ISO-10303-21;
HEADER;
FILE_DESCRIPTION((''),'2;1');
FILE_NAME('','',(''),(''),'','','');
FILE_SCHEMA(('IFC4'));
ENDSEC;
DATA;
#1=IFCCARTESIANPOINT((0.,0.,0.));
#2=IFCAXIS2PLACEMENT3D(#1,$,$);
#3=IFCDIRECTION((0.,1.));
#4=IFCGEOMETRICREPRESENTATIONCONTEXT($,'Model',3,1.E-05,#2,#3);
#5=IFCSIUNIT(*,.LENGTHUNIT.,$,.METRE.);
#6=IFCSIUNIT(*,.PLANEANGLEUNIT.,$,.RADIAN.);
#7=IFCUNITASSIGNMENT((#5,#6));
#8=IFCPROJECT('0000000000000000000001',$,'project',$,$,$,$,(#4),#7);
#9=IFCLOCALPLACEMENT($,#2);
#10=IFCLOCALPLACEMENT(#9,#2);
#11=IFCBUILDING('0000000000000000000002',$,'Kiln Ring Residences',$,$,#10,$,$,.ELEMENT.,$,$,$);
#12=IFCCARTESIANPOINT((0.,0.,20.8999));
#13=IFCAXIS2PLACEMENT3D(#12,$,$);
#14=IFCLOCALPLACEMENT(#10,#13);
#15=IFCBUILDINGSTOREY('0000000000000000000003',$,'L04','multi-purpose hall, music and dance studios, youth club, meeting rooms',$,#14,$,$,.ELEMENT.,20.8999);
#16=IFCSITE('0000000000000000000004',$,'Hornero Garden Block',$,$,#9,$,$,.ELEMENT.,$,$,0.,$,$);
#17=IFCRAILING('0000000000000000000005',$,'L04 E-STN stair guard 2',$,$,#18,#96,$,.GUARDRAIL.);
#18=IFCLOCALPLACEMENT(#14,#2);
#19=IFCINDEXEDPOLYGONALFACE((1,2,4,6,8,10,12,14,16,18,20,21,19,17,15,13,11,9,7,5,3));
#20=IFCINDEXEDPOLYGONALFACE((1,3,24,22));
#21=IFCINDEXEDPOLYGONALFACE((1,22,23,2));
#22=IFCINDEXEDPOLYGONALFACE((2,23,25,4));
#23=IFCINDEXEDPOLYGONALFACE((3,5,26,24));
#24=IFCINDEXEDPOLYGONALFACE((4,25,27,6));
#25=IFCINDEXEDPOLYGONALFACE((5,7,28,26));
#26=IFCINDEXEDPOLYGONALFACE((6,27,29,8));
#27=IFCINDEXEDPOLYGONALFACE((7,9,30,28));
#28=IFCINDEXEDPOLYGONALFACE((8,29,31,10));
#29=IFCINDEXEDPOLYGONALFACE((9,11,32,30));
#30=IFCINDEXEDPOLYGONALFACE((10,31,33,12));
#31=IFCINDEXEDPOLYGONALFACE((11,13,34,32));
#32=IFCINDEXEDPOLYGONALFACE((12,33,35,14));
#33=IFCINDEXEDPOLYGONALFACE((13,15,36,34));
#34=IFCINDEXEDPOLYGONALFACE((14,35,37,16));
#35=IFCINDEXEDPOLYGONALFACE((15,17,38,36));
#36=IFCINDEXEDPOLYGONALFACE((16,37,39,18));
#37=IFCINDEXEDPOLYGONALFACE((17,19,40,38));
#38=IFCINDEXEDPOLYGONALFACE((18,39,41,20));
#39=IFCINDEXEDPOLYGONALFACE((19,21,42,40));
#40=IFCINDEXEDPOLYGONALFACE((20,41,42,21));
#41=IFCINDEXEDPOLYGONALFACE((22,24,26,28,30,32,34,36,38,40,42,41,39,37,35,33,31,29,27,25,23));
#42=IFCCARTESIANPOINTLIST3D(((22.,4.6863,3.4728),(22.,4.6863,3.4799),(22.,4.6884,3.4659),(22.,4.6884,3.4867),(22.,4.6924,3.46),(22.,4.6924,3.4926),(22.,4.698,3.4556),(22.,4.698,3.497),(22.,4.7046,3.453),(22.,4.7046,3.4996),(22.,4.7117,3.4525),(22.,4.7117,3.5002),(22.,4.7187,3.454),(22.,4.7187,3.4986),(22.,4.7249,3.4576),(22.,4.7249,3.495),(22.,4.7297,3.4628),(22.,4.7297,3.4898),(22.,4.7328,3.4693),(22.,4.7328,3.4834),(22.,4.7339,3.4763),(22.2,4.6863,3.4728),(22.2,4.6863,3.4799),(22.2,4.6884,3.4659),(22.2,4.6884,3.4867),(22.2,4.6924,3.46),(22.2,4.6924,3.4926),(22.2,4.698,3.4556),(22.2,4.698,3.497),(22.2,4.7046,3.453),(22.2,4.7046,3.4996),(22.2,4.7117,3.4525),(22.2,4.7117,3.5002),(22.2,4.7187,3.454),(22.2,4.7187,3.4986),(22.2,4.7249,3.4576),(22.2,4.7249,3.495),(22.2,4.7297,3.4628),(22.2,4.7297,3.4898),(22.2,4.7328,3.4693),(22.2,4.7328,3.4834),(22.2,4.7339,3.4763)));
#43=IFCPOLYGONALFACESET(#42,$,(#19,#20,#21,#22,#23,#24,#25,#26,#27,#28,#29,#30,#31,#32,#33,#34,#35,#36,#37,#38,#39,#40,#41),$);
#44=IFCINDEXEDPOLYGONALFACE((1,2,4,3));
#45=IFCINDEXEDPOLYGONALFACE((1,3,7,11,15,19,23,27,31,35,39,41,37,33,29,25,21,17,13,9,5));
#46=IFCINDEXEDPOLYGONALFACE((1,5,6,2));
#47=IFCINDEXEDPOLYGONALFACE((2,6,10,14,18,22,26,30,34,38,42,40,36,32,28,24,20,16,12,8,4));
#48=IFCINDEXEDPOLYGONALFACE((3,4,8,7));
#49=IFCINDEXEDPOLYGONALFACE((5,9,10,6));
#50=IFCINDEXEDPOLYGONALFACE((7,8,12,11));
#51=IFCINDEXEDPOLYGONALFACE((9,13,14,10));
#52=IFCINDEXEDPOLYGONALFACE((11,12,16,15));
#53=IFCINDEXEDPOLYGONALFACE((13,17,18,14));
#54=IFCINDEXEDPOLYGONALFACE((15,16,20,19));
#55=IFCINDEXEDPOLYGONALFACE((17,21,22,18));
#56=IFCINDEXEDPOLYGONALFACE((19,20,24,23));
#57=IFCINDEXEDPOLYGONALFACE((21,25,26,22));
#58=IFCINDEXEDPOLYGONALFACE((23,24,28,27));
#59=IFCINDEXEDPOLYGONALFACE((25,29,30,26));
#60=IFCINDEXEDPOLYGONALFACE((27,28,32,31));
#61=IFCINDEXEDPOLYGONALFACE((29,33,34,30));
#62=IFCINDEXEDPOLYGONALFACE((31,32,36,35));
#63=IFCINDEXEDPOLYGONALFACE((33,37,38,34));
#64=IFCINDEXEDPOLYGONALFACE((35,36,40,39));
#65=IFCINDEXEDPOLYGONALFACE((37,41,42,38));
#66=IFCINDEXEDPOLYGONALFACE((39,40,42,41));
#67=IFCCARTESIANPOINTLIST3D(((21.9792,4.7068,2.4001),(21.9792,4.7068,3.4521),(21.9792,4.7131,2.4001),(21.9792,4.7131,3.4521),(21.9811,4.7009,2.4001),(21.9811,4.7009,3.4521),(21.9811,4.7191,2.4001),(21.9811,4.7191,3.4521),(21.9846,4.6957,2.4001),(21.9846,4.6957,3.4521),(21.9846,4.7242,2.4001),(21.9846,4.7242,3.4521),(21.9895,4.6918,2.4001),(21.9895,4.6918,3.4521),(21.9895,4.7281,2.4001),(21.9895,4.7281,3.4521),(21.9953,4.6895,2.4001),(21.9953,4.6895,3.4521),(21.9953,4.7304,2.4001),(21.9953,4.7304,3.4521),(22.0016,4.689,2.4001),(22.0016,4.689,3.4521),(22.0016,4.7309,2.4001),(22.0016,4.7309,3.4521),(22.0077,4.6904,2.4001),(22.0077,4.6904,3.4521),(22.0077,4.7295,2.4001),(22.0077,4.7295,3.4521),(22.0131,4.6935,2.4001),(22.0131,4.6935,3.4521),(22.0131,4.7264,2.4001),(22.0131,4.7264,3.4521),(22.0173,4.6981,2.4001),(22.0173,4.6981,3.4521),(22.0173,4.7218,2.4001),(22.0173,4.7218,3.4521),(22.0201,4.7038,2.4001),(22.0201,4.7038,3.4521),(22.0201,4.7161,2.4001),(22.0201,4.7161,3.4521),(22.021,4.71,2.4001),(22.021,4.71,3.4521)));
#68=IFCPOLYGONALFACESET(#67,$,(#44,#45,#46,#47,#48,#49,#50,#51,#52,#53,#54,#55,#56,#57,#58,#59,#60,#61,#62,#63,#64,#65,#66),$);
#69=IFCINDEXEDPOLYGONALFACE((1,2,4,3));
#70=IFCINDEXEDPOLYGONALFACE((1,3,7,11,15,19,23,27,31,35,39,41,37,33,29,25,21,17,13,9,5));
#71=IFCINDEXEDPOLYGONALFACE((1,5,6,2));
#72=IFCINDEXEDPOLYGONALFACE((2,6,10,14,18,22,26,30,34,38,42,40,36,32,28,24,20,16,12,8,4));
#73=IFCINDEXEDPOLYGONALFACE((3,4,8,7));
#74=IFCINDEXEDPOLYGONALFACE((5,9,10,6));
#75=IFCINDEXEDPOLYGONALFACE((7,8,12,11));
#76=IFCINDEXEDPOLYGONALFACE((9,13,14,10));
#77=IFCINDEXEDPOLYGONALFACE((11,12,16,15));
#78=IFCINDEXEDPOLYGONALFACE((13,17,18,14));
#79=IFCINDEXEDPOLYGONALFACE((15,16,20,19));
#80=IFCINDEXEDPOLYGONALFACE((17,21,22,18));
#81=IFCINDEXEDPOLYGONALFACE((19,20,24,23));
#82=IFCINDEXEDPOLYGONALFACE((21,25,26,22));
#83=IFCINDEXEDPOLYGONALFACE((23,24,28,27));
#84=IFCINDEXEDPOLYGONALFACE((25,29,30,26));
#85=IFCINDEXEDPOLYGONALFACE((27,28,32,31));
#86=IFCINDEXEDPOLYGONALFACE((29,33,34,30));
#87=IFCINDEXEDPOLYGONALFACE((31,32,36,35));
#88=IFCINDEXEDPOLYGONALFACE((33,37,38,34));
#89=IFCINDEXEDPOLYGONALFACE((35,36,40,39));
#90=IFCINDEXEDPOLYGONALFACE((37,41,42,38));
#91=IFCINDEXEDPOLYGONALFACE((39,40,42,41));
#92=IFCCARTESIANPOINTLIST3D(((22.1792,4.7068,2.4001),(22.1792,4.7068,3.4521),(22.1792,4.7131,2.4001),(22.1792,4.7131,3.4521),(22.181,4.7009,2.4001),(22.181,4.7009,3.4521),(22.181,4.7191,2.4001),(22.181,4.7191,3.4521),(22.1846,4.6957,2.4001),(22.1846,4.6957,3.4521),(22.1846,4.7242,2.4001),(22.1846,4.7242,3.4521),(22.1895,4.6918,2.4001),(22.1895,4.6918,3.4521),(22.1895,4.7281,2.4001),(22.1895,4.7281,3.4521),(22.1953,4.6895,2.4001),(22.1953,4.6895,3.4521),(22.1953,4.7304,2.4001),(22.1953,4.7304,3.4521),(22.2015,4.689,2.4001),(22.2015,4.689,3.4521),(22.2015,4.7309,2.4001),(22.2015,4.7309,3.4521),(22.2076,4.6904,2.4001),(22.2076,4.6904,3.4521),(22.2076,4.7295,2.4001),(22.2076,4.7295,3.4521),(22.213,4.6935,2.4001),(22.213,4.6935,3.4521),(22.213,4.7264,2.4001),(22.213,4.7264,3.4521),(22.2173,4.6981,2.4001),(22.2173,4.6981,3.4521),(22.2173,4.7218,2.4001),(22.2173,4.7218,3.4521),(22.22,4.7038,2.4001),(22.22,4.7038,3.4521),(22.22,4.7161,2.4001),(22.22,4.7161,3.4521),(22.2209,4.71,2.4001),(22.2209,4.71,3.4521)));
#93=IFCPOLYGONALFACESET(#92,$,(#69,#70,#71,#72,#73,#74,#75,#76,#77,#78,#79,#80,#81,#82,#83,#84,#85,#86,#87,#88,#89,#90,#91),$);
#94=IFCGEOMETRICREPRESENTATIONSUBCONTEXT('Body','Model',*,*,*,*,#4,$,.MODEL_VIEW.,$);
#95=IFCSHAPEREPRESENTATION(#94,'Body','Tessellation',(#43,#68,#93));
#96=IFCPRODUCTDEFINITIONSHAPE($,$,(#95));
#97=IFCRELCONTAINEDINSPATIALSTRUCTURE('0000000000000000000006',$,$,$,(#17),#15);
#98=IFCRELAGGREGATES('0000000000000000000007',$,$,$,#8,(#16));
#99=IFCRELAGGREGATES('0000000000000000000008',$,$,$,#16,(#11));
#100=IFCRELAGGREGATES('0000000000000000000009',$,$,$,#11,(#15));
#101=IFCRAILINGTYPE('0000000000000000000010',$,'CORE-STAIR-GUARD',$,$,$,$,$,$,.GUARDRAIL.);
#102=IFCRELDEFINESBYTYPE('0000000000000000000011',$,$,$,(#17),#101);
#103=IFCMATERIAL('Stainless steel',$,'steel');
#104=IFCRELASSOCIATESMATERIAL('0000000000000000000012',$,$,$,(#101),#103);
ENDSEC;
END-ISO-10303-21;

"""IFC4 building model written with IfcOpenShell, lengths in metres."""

from ifc_helpers import new_model, si_unit, direction, frame, origin, origin_2d, place, context, subcontext, project, spatial, circle, extrude, material, type_object, element, save


model = new_model("IFC4")

# Units and contexts
model_context = context("Model", 3, precision=1e-05, world=origin(), true_north=direction((0.0, 1.0)))
body_context = subcontext(model_context, "Body", "Model", "MODEL_VIEW")
ifc_project = project(units=[si_unit("LENGTHUNIT", "METRE"), si_unit("PLANEANGLEUNIT", "RADIAN")], contexts=[model_context])

# Site, building, storey
site_placement = place(None, origin())
site = spatial("IfcSite", under=ifc_project, at=site_placement, Name="Hornero Garden Block", CompositionType="ELEMENT", RefElevation=0.0)
building_placement = place(site_placement, origin())
building = spatial("IfcBuilding", under=site, at=building_placement, Name="Kiln Ring Residences", CompositionType="ELEMENT")
storey_placement = place(building_placement, frame((0.0, 0.0, 20.8999)))
storey = spatial("IfcBuildingStorey", under=building, at=storey_placement, Name="L04", Description="multi-purpose hall, music and dance studios, youth club, meeting rooms", CompositionType="ELEMENT", Elevation=20.8999)

# Railing
ifc_material_1 = material(Name="Stainless steel", Category="steel")
railing_type_1 = type_object("IfcRailingType", Name="CORE-STAIR-GUARD", PredefinedType="GUARDRAIL", material=ifc_material_1)
railing_1_placement = place(storey_placement, frame((22.0, 4.71, 2.4001)))
element("IfcRailing", 1, at=railing_1_placement, inside=storey, type_object=railing_type_1, Name="L04 E-STN stair guard 2", PredefinedType="GUARDRAIL", context=body_context, shape_type="SweptSolid", body=[
    extrude(circle(Radius=0.0239, at=origin_2d()), frame((0.0, 0.0, 1.0762), z_axis=(1.0, 0.0, 0.0), x_axis=(0.0, 1.0, 0.0)), (0.0, 0.0, 1.0), 0.2),
    extrude(circle(Radius=0.021, at=origin_2d()), origin(), (0.0, 0.0, 1.0), 1.052),
    extrude(circle(Radius=0.021, at=origin_2d()), frame((0.2, 0.0, 0.0)), (0.0, 0.0, 1.0), 1.052),
])

save(model, "model.ifc")
